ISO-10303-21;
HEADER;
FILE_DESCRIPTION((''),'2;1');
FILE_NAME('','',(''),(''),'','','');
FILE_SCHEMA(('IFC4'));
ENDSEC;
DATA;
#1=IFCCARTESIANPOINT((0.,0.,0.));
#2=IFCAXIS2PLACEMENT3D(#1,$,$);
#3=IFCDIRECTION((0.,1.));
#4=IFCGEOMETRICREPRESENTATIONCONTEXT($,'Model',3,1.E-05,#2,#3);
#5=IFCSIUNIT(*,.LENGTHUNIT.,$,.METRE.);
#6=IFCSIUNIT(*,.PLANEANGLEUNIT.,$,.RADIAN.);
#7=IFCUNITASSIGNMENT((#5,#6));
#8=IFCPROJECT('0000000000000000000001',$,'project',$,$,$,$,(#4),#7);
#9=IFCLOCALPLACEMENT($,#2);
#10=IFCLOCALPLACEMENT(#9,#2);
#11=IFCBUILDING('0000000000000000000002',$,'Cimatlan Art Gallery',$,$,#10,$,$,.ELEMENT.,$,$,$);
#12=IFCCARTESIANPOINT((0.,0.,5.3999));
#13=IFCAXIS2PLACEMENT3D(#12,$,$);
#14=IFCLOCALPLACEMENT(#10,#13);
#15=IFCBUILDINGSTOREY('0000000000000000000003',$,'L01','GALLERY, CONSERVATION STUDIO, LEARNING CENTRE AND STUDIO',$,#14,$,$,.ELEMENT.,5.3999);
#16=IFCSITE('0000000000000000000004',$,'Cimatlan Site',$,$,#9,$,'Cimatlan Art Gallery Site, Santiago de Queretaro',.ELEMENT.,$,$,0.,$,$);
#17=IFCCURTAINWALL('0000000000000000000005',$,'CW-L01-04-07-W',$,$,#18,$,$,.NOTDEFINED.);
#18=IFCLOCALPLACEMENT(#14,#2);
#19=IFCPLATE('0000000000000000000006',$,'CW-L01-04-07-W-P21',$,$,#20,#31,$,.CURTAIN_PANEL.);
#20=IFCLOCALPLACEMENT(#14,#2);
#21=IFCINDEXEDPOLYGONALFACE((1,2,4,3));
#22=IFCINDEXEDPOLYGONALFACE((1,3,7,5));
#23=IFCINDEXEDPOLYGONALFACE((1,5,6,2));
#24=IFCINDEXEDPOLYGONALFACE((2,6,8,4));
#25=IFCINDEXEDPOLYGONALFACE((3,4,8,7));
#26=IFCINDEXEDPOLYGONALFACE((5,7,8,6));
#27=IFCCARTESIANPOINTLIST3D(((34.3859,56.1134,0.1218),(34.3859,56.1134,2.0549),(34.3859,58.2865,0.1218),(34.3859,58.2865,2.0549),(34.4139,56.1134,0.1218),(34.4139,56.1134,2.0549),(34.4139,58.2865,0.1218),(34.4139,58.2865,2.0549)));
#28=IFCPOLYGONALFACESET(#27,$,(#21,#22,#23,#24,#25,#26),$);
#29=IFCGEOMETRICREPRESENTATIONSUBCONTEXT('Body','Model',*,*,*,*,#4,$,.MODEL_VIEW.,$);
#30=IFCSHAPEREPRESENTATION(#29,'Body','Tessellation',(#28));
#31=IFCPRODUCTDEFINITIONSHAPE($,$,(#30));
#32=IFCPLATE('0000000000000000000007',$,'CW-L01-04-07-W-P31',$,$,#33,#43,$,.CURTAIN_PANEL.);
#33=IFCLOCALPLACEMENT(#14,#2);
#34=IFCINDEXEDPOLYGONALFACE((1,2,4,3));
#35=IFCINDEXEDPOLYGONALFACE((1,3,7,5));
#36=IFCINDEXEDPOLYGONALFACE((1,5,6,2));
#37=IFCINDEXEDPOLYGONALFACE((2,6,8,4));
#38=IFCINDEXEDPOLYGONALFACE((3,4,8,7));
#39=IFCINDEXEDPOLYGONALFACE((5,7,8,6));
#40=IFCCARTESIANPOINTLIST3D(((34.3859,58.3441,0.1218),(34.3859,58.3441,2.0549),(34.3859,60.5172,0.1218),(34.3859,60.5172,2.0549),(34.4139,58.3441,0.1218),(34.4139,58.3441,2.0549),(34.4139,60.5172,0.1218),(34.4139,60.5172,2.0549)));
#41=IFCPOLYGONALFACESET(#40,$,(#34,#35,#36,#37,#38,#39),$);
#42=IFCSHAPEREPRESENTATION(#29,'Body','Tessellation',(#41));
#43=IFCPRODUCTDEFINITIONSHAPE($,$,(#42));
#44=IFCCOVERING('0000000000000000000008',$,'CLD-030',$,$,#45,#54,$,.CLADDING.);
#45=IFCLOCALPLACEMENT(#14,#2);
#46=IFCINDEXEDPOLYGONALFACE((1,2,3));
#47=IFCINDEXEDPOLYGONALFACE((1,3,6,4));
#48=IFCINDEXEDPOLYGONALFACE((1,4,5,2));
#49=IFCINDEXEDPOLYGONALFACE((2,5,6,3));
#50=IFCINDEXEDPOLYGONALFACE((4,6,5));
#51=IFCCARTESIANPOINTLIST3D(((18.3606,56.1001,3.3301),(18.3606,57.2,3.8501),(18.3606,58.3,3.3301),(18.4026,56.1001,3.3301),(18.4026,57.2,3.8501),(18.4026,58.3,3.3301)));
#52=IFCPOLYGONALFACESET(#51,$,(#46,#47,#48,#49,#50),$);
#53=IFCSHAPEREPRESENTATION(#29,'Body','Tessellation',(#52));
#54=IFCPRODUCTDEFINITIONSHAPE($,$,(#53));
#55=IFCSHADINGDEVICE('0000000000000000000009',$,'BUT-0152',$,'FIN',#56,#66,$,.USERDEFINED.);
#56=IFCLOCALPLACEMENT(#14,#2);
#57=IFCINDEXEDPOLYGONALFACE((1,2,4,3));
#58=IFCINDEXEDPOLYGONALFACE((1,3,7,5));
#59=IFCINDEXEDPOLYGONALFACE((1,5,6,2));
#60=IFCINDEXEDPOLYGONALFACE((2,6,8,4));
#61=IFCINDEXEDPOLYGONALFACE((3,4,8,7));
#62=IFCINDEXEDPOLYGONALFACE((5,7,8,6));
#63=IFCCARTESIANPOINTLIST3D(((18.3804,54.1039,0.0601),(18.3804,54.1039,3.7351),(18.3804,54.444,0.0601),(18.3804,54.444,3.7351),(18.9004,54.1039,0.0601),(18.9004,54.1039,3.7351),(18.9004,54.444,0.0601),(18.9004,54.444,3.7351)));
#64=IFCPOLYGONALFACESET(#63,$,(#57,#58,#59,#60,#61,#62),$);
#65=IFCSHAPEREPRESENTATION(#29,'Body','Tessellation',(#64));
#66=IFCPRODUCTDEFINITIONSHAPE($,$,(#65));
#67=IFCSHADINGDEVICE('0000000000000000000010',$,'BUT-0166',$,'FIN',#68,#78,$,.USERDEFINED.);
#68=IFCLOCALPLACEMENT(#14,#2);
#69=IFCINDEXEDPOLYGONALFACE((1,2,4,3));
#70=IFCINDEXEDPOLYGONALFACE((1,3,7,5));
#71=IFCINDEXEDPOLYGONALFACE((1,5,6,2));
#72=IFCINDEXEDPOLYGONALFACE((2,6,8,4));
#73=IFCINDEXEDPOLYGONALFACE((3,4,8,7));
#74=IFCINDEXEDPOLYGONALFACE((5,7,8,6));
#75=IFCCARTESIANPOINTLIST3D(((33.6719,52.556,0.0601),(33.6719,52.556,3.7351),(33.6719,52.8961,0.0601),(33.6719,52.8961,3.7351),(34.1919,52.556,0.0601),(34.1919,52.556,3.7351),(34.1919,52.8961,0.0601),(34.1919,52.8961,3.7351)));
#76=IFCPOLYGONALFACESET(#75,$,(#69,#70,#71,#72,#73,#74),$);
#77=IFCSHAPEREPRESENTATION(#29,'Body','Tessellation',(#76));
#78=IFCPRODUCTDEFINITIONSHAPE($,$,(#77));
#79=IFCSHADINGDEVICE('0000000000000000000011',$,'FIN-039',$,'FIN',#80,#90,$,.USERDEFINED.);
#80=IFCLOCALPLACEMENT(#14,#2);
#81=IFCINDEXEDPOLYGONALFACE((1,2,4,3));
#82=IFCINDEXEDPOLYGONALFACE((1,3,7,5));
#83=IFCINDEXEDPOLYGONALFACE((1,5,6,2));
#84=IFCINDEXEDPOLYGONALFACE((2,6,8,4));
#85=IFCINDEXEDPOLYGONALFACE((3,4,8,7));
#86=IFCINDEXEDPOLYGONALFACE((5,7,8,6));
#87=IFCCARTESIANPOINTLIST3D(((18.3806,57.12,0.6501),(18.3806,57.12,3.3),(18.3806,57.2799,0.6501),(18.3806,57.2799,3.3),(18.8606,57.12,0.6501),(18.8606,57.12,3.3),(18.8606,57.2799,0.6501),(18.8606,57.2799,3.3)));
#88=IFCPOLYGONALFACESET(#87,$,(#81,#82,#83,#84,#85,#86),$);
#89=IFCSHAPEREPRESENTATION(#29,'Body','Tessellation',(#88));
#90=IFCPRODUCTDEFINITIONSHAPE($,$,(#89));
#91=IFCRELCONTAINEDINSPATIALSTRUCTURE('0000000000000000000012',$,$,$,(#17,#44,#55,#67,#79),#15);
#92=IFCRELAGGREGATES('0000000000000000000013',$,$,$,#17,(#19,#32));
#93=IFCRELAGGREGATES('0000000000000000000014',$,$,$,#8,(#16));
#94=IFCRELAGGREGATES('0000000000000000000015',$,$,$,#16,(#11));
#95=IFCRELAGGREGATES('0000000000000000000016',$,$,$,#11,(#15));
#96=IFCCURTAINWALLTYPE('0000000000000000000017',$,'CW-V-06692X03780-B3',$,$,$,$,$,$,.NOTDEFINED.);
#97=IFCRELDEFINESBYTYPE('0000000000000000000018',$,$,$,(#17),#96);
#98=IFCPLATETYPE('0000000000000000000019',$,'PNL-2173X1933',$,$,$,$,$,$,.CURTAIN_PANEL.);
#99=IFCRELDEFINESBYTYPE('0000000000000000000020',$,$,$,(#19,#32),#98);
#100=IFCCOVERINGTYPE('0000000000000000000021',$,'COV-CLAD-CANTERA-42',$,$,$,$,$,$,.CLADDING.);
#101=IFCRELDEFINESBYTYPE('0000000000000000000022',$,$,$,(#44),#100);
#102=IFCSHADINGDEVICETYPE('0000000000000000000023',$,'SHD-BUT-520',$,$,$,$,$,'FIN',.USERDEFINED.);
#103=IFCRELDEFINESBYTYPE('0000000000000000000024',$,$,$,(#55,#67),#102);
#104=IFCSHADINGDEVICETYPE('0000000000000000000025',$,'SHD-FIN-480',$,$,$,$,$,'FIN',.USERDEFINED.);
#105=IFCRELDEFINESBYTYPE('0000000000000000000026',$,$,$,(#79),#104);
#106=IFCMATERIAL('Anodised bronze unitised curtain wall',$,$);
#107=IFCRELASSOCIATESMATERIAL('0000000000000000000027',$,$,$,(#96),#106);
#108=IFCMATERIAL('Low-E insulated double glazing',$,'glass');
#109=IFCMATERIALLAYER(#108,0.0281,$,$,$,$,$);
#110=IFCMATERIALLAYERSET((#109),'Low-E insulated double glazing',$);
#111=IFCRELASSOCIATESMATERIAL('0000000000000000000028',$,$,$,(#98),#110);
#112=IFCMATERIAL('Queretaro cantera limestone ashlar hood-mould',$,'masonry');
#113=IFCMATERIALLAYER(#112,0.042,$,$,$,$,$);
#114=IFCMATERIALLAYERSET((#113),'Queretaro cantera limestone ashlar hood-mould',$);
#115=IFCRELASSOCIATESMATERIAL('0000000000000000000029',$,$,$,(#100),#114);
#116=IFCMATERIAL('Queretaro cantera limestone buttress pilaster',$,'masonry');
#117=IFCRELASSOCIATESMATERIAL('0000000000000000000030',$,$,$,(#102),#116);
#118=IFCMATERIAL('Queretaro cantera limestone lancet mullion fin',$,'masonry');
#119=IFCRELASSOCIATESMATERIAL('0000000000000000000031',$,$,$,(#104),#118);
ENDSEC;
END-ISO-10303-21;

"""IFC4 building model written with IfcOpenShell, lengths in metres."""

from ifc_helpers import new_model, si_unit, direction, frame, origin, origin_2d, place, context, subcontext, project, spatial, polyline, rectangle, outline, extrude, material, layer, layer_set, type_object, element, aggregate, save


model = new_model("IFC4")

# Units and contexts
model_context = context("Model", 3, precision=1e-05, world=origin(), true_north=direction((0.0, 1.0)))
body_context = subcontext(model_context, "Body", "Model", "MODEL_VIEW")
ifc_project = project(units=[si_unit("LENGTHUNIT", "METRE"), si_unit("PLANEANGLEUNIT", "RADIAN")], contexts=[model_context])

# Site, building, storey
site_placement = place(None, origin())
site = spatial("IfcSite", under=ifc_project, at=site_placement, Name="Cimatlan Site", LongName="Cimatlan Art Gallery Site, Santiago de Queretaro", CompositionType="ELEMENT", RefElevation=0.0)
building_placement = place(site_placement, origin())
building = spatial("IfcBuilding", under=site, at=building_placement, Name="Cimatlan Art Gallery", CompositionType="ELEMENT")
storey_placement = place(building_placement, frame((0.0, 0.0, 5.3999)))
storey = spatial("IfcBuildingStorey", under=building, at=storey_placement, Name="L01", Description="GALLERY, CONSERVATION STUDIO, LEARNING CENTRE AND STUDIO", CompositionType="ELEMENT", Elevation=5.3999)

# Curtain wall, plates
ifc_material_1 = material(Name="Anodised bronze unitised curtain wall")
curtain_wall_type = type_object("IfcCurtainWallType", Name="CW-V-06692X03780-B3", PredefinedType="NOTDEFINED", material=ifc_material_1)
curtain_wall_placement = place(storey_placement, origin())
curtain_wall = element("IfcCurtainWall", 1, at=curtain_wall_placement, inside=storey, type_object=curtain_wall_type, Name="CW-L01-04-07-W", PredefinedType="NOTDEFINED")
ifc_material_2 = material(Name="Low-E insulated double glazing", Category="glass")
ifc_layer_1 = layer(ifc_material_2, 0.0281)
ifc_layer_set_1 = layer_set([ifc_layer_1], Name="Low-E insulated double glazing")
plate_type_1 = type_object("IfcPlateType", Name="PNL-2173X1933", PredefinedType="CURTAIN_PANEL", material=ifc_layer_set_1)
plate_1_placement = place(storey_placement, frame((34.3999, 57.2, 0.1218), z_axis=(0.0, 0.0, 1.0), x_axis=(0.0, 1.0, 0.0)))
plate_1 = element("IfcPlate", 2, at=plate_1_placement, type_object=plate_type_1, Name="CW-L01-04-07-W-P21", PredefinedType="CURTAIN_PANEL", context=body_context, shape_type="SweptSolid", body=[
    extrude(rectangle(XDim=2.1731, YDim=0.0281, at=origin_2d()), origin(), (0.0, 0.0, 1.0), 1.9331),
])
plate_2_placement = place(storey_placement, frame((34.3999, 59.4307, 0.1218), z_axis=(0.0, 0.0, 1.0), x_axis=(0.0, 1.0, 0.0)))
plate_2 = element("IfcPlate", 3, at=plate_2_placement, type_object=plate_type_1, Name="CW-L01-04-07-W-P31", PredefinedType="CURTAIN_PANEL", context=body_context, shape_type="SweptSolid", body=[
    extrude(rectangle(XDim=2.1731, YDim=0.0281, at=origin_2d()), origin(), (0.0, 0.0, 1.0), 1.9331),
])
aggregate(curtain_wall, [plate_1, plate_2])

# Covering
ifc_material_3 = material(Name="Queretaro cantera limestone ashlar hood-mould", Category="masonry")
ifc_layer_2 = layer(ifc_material_3, 0.042)
ifc_layer_set_2 = layer_set([ifc_layer_2], Name="Queretaro cantera limestone ashlar hood-mould")
covering_type = type_object("IfcCoveringType", Name="COV-CLAD-CANTERA-42", PredefinedType="CLADDING", material=ifc_layer_set_2)
covering_placement = place(storey_placement, frame((18.3606, 58.3, 3.3301), z_axis=(-1.0, 0.0, 0.0), x_axis=(0.0, -1.0, 0.0)))
element("IfcCovering", 4, at=covering_placement, inside=storey, type_object=covering_type, Name="CLD-030", PredefinedType="CLADDING", context=body_context, shape_type="SweptSolid", body=[
    extrude(outline(polyline([(0.0, 0.0), (2.2, 0.0), (1.1001, 0.52), (0.0, 0.0)])), origin(), (0.0, 0.0, -1.0), 0.042),
])

# Shading devices
ifc_material_4 = material(Name="Queretaro cantera limestone buttress pilaster", Category="masonry")
shading_device_type_1 = type_object("IfcShadingDeviceType", Name="SHD-BUT-520", ElementType="FIN", PredefinedType="USERDEFINED", material=ifc_material_4)
for number, where, z_axis, x_axis, name in (
    (5, (18.6404, 54.2739, 0.0601), (0.0, 0.0, 1.0), (0.0, -1.0, 0.0), "BUT-0152"),
    (6, (33.9319, 52.7261, 0.0601), (0.0, 0.0, 1.0), (0.0, 1.0, 0.0), "BUT-0166"),
):
    element("IfcShadingDevice", number, at=place(storey_placement, frame(where, z_axis=z_axis, x_axis=x_axis)), inside=storey, type_object=shading_device_type_1, Name=name, ObjectType="FIN", PredefinedType="USERDEFINED", context=body_context, shape_type="SweptSolid", body=[
        extrude(rectangle(XDim=0.3401, YDim=0.52, at=origin_2d()), origin(), (0.0, 0.0, 1.0), 3.675),
    ])
ifc_material_5 = material(Name="Queretaro cantera limestone lancet mullion fin", Category="masonry")
shading_device_type_2 = type_object("IfcShadingDeviceType", Name="SHD-FIN-480", ElementType="FIN", PredefinedType="USERDEFINED", material=ifc_material_5)
shading_device_placement = place(storey_placement, frame((18.6206, 57.2, 0.6501), z_axis=(0.0, 0.0, 1.0), x_axis=(0.0, -1.0, 0.0)))
element("IfcShadingDevice", 7, at=shading_device_placement, inside=storey, type_object=shading_device_type_2, Name="FIN-039", ObjectType="FIN", PredefinedType="USERDEFINED", context=body_context, shape_type="SweptSolid", body=[
    extrude(rectangle(XDim=0.1599, YDim=0.48, at=origin_2d()), origin(), (0.0, 0.0, 1.0), 2.6499),
])

save(model, "model.ifc")
